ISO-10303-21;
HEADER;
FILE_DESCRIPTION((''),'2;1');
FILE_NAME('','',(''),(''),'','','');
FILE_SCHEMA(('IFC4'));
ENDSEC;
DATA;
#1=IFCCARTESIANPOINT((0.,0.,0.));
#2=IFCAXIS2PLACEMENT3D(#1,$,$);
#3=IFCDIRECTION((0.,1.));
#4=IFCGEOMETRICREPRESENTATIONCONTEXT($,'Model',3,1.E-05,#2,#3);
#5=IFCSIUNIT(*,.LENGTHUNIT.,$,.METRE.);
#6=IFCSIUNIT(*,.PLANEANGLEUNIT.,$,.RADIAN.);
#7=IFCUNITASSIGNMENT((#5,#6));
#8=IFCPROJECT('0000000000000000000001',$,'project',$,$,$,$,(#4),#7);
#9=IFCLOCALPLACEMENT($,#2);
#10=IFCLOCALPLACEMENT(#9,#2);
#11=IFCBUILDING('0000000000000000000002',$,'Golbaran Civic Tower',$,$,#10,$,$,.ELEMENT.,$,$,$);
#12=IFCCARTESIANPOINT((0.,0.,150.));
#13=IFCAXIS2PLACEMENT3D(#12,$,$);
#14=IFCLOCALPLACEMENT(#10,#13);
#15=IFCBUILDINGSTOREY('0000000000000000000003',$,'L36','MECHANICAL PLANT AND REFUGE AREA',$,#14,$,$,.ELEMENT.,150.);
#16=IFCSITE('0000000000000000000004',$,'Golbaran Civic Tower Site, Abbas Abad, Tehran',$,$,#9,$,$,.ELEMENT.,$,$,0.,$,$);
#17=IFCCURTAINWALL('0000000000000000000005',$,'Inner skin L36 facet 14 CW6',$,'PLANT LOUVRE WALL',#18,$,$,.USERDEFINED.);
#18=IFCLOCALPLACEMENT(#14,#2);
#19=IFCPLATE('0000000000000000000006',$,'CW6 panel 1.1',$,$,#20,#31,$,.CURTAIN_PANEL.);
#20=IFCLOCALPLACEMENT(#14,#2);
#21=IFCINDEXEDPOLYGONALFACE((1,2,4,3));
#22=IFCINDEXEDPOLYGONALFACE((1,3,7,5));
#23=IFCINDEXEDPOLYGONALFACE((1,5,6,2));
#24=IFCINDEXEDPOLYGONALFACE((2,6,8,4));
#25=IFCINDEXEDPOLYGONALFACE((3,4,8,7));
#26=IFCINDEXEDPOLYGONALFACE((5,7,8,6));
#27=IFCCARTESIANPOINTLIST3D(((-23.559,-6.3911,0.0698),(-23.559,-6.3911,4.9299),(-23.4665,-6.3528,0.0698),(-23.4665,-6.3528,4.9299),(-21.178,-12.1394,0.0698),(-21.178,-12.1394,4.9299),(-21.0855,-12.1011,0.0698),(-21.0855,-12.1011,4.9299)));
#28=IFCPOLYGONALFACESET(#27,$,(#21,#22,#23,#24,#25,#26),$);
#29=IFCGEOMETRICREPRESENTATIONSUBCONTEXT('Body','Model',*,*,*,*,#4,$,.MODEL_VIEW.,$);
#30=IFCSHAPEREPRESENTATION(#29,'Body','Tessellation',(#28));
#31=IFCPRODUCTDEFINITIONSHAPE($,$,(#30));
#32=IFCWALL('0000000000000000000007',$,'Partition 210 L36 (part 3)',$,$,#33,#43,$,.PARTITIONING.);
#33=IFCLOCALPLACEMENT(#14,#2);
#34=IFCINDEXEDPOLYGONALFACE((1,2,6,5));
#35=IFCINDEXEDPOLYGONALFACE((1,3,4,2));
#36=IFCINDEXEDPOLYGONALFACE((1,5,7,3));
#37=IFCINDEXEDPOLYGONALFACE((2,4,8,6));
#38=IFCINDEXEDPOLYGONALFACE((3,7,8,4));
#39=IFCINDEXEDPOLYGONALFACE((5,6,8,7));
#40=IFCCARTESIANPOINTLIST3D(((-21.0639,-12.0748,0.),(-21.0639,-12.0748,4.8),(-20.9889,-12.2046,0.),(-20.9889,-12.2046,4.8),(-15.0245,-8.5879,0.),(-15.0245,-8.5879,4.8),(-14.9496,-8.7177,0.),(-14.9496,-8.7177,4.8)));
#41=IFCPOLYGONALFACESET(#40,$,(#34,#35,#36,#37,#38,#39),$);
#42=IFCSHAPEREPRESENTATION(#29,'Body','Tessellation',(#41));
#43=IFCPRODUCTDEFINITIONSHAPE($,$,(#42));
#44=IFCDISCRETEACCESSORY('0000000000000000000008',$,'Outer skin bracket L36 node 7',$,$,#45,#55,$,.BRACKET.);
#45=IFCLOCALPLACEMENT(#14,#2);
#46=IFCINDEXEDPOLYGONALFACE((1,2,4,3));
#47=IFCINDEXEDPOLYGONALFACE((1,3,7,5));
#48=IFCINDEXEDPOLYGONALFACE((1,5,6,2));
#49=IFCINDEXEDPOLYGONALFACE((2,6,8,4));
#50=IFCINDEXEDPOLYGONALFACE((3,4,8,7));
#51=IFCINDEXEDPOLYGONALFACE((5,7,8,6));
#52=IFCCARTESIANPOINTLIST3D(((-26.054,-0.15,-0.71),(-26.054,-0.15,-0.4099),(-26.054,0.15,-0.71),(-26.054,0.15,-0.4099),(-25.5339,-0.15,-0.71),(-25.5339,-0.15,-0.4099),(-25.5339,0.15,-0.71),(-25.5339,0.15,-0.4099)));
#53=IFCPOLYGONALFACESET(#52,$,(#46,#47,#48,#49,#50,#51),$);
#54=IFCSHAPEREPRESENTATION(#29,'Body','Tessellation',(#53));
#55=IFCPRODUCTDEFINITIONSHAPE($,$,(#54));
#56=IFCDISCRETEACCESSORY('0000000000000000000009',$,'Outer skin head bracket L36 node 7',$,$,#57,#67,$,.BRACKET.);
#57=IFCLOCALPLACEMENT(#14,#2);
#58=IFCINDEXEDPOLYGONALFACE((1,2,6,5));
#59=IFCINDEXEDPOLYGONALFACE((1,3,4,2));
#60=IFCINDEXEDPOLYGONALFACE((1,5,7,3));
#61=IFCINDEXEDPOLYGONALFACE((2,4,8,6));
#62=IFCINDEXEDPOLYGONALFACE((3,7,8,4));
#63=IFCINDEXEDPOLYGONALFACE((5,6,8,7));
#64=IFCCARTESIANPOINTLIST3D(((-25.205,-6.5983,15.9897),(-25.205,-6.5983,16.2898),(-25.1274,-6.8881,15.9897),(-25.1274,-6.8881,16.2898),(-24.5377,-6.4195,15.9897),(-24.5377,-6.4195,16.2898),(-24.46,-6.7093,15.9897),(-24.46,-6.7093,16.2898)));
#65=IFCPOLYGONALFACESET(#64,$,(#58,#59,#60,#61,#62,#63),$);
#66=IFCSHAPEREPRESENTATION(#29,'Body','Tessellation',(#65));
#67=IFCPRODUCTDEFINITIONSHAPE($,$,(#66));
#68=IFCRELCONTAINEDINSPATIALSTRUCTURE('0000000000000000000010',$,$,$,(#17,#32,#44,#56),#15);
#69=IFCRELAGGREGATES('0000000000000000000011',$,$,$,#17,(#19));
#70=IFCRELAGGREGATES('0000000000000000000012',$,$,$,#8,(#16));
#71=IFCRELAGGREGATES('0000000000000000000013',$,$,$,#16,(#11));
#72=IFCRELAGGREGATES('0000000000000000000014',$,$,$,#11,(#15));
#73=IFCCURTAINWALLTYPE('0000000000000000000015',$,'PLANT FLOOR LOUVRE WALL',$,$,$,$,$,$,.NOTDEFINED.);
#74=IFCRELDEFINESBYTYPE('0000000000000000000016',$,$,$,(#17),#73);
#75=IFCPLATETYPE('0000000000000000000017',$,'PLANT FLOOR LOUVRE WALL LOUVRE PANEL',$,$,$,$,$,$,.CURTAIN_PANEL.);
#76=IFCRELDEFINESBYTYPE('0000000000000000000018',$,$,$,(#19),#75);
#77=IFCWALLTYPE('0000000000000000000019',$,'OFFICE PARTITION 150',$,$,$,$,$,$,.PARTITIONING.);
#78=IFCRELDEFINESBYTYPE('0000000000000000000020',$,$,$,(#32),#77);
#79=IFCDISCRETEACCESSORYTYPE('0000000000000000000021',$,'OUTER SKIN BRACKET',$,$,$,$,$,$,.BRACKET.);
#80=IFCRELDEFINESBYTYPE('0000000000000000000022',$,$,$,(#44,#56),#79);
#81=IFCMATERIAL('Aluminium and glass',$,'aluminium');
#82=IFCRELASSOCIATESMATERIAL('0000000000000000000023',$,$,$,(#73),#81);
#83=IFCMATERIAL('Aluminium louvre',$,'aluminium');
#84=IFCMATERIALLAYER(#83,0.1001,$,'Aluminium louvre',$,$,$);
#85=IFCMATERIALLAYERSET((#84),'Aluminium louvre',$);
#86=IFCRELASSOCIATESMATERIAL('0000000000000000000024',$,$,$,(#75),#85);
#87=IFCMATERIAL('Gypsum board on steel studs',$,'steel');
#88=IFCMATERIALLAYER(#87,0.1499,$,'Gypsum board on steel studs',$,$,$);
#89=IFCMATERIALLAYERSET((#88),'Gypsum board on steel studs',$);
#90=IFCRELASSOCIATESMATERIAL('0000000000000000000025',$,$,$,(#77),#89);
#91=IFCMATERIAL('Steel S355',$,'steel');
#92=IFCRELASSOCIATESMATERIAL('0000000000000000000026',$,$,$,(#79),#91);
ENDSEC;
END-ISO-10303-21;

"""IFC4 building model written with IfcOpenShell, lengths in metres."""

from ifc_helpers import new_model, si_unit, direction, frame, frame_2d, origin, origin_2d, place, context, subcontext, project, spatial, rectangle, extrude, material, layer, layer_set, type_object, element, aggregate, save


model = new_model("IFC4")

# Units and contexts
model_context = context("Model", 3, precision=1e-05, world=origin(), true_north=direction((0.0, 1.0)))
body_context = subcontext(model_context, "Body", "Model", "MODEL_VIEW")
ifc_project = project(units=[si_unit("LENGTHUNIT", "METRE"), si_unit("PLANEANGLEUNIT", "RADIAN")], contexts=[model_context])

# Site, building, storey
site_placement = place(None, origin())
site = spatial("IfcSite", under=ifc_project, at=site_placement, Name="Golbaran Civic Tower Site, Abbas Abad, Tehran", CompositionType="ELEMENT", RefElevation=0.0)
building_placement = place(site_placement, origin())
building = spatial("IfcBuilding", under=site, at=building_placement, Name="Golbaran Civic Tower", CompositionType="ELEMENT")
storey_placement = place(building_placement, frame((0.0, 0.0, 150.0)))
storey = spatial("IfcBuildingStorey", under=building, at=storey_placement, Name="L36", Description="MECHANICAL PLANT AND REFUGE AREA", CompositionType="ELEMENT", Elevation=150.0)

# Shared definitions
ifc_material_1 = material(Name="Steel S355", Category="steel")

# Shared definitions
ifc_material_2 = material(Name="Aluminium and glass", Category="aluminium")

# Shared definitions
curtain_wall_type_1 = type_object("IfcCurtainWallType", Name="PLANT FLOOR LOUVRE WALL", PredefinedType="NOTDEFINED", material=ifc_material_2)

# Curtain wall
curtain_wall_1_placement = place(storey_placement, origin())
curtain_wall_1 = element("IfcCurtainWall", 1, at=curtain_wall_1_placement, inside=storey, type_object=curtain_wall_type_1, Name="Inner skin L36 facet 14 CW6", ObjectType="PLANT LOUVRE WALL", PredefinedType="USERDEFINED")

# Plate
ifc_material_3 = material(Name="Aluminium louvre", Category="aluminium")
ifc_layer_1 = layer(ifc_material_3, 0.1001, Name="Aluminium louvre")
ifc_layer_set_1 = layer_set([ifc_layer_1], Name="Aluminium louvre")
plate_type_1 = type_object("IfcPlateType", Name="PLANT FLOOR LOUVRE WALL LOUVRE PANEL", PredefinedType="CURTAIN_PANEL", material=ifc_layer_set_1)
plate_1_placement = place(storey_placement, frame((-22.3223, -9.2461, 0.0698), z_axis=(0.0, 0.0, 1.0), x_axis=(0.382683, -0.92388, 0.0)))
plate_1 = element("IfcPlate", 2, at=plate_1_placement, type_object=plate_type_1, Name="CW6 panel 1.1", PredefinedType="CURTAIN_PANEL", context=body_context, shape_type="SweptSolid", body=[
    extrude(rectangle(XDim=6.2219, YDim=0.1001, at=origin_2d()), origin(), (0.0, 0.0, 1.0), 4.8601),
])
aggregate(curtain_wall_1, [plate_1])

# Wall
ifc_material_4 = material(Name="Gypsum board on steel studs", Category="steel")
ifc_layer_2 = layer(ifc_material_4, 0.1499, Name="Gypsum board on steel studs")
ifc_layer_set_2 = layer_set([ifc_layer_2], Name="Gypsum board on steel studs")
wall_type = type_object("IfcWallType", Name="OFFICE PARTITION 150", PredefinedType="PARTITIONING", material=ifc_layer_set_2)
wall_placement = place(storey_placement, frame((-14.9871, -8.6528, 0.0), z_axis=(0.0, 0.0, 1.0), x_axis=(-0.866024, -0.500002, 0.0)))
element("IfcWall", 3, at=wall_placement, inside=storey, type_object=wall_type, Name="Partition 210 L36 (part 3)", PredefinedType="PARTITIONING", context=body_context, shape_type="SweptSolid", body=[
    extrude(rectangle(XDim=6.9736, YDim=0.1499, at=frame_2d((3.4868, 0.0))), origin(), (0.0, 0.0, 1.0), 4.8),
])

# Discrete accessories
discrete_accessory_type = type_object("IfcDiscreteAccessoryType", Name="OUTER SKIN BRACKET", PredefinedType="BRACKET", material=ifc_material_1)
discrete_accessory_1_placement = place(storey_placement, frame((-25.7939, 0.0, -0.71), z_axis=(0.0, 0.0, 1.0), x_axis=(-1.0, 0.0, 0.0)))
element("IfcDiscreteAccessory", 4, at=discrete_accessory_1_placement, inside=storey, type_object=discrete_accessory_type, Name="Outer skin bracket L36 node 7", PredefinedType="BRACKET", context=body_context, shape_type="SweptSolid", body=[
    extrude(rectangle(XDim=0.52, YDim=0.3, at=origin_2d()), origin(), (0.0, 0.0, 1.0), 0.3),
])
discrete_accessory_2_placement = place(storey_placement, frame((-24.8325, -6.6538, 15.9897), z_axis=(0.0, 0.0, 1.0), x_axis=(-0.965926, -0.258819, 0.0)))
element("IfcDiscreteAccessory", 5, at=discrete_accessory_2_placement, inside=storey, type_object=discrete_accessory_type, Name="Outer skin head bracket L36 node 7", PredefinedType="BRACKET", context=body_context, shape_type="SweptSolid", body=[
    extrude(rectangle(XDim=0.6909, YDim=0.3, at=origin_2d()), origin(), (0.0, 0.0, 1.0), 0.3),
])

save(model, "model.ifc")
